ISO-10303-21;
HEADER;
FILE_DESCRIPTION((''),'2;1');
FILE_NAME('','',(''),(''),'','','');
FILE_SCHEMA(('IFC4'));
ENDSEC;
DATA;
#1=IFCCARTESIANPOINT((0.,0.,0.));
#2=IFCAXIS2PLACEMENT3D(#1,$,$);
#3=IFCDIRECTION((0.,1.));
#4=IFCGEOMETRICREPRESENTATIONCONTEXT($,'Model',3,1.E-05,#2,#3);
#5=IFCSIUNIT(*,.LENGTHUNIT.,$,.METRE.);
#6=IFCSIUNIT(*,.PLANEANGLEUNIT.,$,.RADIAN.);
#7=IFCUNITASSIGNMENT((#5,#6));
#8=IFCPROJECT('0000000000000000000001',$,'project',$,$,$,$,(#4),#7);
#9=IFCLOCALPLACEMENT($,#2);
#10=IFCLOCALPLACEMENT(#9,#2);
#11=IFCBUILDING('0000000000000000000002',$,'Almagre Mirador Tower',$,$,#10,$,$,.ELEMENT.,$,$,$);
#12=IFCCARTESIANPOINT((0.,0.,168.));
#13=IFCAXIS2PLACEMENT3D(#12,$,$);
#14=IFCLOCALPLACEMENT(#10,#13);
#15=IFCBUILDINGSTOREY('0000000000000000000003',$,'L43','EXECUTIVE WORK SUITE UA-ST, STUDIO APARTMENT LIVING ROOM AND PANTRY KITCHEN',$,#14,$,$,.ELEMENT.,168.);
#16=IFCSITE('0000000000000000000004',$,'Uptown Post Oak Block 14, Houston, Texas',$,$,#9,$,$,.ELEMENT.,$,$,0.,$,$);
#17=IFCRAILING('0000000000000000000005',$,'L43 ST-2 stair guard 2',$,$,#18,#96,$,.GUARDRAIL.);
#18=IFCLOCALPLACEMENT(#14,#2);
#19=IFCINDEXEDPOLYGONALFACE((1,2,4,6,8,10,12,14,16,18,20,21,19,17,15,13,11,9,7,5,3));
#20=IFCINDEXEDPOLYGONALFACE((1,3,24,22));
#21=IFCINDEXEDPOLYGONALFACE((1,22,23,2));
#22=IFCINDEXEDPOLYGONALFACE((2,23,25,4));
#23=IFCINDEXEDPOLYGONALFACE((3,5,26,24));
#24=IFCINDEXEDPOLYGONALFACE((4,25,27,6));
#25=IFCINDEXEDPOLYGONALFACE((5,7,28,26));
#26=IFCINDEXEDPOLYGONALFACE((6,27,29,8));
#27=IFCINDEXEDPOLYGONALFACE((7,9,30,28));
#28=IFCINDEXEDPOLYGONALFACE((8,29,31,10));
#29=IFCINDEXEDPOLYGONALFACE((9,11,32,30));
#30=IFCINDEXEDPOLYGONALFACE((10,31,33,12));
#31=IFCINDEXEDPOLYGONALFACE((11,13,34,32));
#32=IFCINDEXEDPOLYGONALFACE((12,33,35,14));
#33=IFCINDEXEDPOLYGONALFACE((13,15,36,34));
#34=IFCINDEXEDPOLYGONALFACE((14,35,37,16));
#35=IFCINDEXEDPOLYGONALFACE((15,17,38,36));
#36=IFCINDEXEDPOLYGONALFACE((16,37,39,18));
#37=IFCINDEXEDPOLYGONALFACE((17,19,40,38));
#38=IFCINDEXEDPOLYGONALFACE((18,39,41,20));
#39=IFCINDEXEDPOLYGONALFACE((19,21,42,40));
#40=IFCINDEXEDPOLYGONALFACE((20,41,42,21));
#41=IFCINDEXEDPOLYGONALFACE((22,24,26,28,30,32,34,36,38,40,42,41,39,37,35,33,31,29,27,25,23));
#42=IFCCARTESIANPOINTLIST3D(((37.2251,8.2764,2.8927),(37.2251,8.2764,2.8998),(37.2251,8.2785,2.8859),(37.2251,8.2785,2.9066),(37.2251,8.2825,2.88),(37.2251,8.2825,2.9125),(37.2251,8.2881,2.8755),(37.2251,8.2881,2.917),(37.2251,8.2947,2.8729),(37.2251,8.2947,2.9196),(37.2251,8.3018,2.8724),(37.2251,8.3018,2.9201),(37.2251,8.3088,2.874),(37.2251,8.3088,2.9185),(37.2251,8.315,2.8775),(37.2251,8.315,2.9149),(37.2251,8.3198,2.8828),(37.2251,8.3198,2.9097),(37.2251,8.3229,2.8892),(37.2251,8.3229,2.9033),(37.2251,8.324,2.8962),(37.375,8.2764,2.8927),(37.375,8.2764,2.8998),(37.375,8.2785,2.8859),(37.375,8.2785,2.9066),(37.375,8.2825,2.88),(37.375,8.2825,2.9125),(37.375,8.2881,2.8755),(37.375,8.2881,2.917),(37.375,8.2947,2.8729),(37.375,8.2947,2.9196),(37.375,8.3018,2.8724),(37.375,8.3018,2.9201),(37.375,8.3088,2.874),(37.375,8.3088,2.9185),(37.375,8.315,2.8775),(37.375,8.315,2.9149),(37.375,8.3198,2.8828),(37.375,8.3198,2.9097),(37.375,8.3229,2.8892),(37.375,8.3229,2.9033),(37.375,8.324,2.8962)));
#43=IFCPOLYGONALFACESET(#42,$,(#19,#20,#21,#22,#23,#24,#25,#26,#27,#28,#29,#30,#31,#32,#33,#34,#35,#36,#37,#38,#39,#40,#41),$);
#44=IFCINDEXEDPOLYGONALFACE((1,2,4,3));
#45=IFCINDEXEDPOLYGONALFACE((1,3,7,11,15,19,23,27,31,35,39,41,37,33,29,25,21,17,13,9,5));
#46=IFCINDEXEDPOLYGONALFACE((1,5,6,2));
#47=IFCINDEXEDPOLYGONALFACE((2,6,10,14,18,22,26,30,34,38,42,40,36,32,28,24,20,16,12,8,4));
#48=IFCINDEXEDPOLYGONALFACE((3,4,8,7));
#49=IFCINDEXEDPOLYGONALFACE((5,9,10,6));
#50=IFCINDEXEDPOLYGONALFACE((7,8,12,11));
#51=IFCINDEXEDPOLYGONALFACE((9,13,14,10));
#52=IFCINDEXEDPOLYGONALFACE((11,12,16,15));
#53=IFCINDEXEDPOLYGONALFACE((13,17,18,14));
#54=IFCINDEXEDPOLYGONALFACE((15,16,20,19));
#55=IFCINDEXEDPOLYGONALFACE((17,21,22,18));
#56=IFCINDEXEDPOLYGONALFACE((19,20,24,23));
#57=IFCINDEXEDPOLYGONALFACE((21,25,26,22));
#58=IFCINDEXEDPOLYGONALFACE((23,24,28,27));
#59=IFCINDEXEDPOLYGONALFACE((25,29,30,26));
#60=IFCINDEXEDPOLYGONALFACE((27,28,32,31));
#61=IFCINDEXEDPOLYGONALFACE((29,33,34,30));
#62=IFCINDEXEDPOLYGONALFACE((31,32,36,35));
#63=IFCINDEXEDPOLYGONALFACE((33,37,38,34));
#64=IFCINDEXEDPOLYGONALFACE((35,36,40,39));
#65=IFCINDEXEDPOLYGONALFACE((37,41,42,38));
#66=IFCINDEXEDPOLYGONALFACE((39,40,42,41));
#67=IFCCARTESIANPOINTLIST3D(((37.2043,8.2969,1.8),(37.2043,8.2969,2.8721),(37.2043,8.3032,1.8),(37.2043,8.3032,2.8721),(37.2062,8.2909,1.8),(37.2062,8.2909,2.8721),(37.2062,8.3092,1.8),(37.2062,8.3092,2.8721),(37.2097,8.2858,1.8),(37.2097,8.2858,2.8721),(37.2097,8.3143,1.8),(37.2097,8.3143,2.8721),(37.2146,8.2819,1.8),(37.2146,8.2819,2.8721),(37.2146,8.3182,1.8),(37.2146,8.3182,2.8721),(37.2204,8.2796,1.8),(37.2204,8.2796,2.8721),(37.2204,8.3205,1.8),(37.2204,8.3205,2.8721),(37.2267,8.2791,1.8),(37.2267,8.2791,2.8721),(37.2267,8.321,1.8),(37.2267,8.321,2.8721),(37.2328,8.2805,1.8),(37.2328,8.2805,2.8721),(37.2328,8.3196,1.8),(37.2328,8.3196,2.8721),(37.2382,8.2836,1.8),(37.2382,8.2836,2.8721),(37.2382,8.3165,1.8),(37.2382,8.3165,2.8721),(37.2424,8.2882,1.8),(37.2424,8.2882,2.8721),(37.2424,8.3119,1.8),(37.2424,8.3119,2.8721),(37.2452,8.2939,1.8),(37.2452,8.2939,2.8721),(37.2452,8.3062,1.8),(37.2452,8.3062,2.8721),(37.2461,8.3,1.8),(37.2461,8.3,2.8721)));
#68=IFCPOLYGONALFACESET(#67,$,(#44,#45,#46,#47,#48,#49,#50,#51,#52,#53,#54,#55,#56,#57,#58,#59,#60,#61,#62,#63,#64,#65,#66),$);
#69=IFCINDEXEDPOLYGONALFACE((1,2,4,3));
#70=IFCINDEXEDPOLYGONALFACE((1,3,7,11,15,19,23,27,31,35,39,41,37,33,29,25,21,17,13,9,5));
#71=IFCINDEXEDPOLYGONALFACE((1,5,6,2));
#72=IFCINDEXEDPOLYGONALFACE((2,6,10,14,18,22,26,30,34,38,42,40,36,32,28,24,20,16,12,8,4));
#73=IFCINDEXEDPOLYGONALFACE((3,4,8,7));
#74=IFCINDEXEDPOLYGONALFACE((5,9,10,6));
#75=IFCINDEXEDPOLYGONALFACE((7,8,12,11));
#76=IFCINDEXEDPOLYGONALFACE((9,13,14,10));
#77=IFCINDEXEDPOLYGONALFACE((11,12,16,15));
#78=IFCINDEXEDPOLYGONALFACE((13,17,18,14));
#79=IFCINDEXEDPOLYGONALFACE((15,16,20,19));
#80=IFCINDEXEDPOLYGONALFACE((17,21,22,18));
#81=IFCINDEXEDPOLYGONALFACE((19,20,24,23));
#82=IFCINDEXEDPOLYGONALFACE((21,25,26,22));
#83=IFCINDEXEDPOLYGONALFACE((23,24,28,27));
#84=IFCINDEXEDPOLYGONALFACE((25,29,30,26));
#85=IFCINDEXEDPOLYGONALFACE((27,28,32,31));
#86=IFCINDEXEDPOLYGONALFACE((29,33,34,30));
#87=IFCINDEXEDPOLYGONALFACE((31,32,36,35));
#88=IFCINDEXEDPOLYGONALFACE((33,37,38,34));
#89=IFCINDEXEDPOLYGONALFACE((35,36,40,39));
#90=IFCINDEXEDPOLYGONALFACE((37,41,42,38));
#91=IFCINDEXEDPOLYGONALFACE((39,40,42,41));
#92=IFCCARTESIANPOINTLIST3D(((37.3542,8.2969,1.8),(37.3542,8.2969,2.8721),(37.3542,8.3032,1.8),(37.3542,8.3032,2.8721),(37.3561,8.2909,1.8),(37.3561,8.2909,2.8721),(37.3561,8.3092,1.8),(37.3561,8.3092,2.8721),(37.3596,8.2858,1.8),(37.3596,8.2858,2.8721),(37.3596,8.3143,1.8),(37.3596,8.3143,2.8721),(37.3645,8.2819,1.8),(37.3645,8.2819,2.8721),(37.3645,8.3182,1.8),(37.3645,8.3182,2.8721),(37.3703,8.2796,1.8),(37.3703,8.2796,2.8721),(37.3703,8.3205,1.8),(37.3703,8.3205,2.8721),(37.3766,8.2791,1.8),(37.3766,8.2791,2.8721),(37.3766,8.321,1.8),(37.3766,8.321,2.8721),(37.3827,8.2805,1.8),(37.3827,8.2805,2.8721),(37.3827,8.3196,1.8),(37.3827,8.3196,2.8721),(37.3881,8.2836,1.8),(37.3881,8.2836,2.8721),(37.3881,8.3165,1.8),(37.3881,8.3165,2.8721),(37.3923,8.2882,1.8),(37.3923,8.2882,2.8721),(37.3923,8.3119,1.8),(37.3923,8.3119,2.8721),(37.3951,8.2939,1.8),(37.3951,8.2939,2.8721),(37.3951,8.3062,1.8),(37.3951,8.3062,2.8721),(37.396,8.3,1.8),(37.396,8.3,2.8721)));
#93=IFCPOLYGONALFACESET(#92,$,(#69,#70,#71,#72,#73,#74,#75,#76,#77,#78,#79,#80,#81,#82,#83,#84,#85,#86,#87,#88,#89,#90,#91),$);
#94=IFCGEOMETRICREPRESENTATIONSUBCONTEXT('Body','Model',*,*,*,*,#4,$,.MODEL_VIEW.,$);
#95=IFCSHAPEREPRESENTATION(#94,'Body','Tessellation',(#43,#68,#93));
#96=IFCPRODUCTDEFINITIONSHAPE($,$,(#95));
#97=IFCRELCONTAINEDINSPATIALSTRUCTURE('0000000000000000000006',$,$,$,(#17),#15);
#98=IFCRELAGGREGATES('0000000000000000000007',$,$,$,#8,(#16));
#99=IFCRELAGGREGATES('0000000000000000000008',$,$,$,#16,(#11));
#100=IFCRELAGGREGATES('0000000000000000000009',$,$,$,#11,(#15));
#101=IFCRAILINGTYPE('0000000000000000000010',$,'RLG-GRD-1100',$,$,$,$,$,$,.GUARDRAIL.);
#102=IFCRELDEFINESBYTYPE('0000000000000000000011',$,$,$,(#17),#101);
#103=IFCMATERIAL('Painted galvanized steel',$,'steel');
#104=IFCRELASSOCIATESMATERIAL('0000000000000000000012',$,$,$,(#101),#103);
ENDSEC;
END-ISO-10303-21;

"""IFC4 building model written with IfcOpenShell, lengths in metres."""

from ifc_helpers import new_model, si_unit, direction, frame, origin, origin_2d, place, context, subcontext, project, spatial, circle, extrude, material, type_object, element, save


model = new_model("IFC4")

# Units and contexts
model_context = context("Model", 3, precision=1e-05, world=origin(), true_north=direction((0.0, 1.0)))
body_context = subcontext(model_context, "Body", "Model", "MODEL_VIEW")
ifc_project = project(units=[si_unit("LENGTHUNIT", "METRE"), si_unit("PLANEANGLEUNIT", "RADIAN")], contexts=[model_context])

# Site, building, storey
site_placement = place(None, origin())
site = spatial("IfcSite", under=ifc_project, at=site_placement, Name="Uptown Post Oak Block 14, Houston, Texas", CompositionType="ELEMENT", RefElevation=0.0)
building_placement = place(site_placement, origin())
building = spatial("IfcBuilding", under=site, at=building_placement, Name="Almagre Mirador Tower", CompositionType="ELEMENT")
storey_placement = place(building_placement, frame((0.0, 0.0, 168.0)))
storey = spatial("IfcBuildingStorey", under=building, at=storey_placement, Name="L43", Description="EXECUTIVE WORK SUITE UA-ST, STUDIO APARTMENT LIVING ROOM AND PANTRY KITCHEN", CompositionType="ELEMENT", Elevation=168.0)

# Railing
ifc_material_1 = material(Name="Painted galvanized steel", Category="steel")
railing_type_1 = type_object("IfcRailingType", Name="RLG-GRD-1100", PredefinedType="GUARDRAIL", material=ifc_material_1)
railing_1_placement = place(storey_placement, frame((37.2251, 8.3, 1.8)))
element("IfcRailing", 1, at=railing_1_placement, inside=storey, type_object=railing_type_1, Name="L43 ST-2 stair guard 2", PredefinedType="GUARDRAIL", context=body_context, shape_type="SweptSolid", body=[
    extrude(circle(Radius=0.0239, at=origin_2d()), frame((0.0, 0.0, 1.0962), z_axis=(1.0, 0.0, 0.0), x_axis=(0.0, 1.0, 0.0)), (0.0, 0.0, 1.0), 0.1499),
    extrude(circle(Radius=0.021, at=origin_2d()), origin(), (0.0, 0.0, 1.0), 1.072),
    extrude(circle(Radius=0.021, at=origin_2d()), frame((0.1499, 0.0, 0.0)), (0.0, 0.0, 1.0), 1.072),
])

save(model, "model.ifc")
